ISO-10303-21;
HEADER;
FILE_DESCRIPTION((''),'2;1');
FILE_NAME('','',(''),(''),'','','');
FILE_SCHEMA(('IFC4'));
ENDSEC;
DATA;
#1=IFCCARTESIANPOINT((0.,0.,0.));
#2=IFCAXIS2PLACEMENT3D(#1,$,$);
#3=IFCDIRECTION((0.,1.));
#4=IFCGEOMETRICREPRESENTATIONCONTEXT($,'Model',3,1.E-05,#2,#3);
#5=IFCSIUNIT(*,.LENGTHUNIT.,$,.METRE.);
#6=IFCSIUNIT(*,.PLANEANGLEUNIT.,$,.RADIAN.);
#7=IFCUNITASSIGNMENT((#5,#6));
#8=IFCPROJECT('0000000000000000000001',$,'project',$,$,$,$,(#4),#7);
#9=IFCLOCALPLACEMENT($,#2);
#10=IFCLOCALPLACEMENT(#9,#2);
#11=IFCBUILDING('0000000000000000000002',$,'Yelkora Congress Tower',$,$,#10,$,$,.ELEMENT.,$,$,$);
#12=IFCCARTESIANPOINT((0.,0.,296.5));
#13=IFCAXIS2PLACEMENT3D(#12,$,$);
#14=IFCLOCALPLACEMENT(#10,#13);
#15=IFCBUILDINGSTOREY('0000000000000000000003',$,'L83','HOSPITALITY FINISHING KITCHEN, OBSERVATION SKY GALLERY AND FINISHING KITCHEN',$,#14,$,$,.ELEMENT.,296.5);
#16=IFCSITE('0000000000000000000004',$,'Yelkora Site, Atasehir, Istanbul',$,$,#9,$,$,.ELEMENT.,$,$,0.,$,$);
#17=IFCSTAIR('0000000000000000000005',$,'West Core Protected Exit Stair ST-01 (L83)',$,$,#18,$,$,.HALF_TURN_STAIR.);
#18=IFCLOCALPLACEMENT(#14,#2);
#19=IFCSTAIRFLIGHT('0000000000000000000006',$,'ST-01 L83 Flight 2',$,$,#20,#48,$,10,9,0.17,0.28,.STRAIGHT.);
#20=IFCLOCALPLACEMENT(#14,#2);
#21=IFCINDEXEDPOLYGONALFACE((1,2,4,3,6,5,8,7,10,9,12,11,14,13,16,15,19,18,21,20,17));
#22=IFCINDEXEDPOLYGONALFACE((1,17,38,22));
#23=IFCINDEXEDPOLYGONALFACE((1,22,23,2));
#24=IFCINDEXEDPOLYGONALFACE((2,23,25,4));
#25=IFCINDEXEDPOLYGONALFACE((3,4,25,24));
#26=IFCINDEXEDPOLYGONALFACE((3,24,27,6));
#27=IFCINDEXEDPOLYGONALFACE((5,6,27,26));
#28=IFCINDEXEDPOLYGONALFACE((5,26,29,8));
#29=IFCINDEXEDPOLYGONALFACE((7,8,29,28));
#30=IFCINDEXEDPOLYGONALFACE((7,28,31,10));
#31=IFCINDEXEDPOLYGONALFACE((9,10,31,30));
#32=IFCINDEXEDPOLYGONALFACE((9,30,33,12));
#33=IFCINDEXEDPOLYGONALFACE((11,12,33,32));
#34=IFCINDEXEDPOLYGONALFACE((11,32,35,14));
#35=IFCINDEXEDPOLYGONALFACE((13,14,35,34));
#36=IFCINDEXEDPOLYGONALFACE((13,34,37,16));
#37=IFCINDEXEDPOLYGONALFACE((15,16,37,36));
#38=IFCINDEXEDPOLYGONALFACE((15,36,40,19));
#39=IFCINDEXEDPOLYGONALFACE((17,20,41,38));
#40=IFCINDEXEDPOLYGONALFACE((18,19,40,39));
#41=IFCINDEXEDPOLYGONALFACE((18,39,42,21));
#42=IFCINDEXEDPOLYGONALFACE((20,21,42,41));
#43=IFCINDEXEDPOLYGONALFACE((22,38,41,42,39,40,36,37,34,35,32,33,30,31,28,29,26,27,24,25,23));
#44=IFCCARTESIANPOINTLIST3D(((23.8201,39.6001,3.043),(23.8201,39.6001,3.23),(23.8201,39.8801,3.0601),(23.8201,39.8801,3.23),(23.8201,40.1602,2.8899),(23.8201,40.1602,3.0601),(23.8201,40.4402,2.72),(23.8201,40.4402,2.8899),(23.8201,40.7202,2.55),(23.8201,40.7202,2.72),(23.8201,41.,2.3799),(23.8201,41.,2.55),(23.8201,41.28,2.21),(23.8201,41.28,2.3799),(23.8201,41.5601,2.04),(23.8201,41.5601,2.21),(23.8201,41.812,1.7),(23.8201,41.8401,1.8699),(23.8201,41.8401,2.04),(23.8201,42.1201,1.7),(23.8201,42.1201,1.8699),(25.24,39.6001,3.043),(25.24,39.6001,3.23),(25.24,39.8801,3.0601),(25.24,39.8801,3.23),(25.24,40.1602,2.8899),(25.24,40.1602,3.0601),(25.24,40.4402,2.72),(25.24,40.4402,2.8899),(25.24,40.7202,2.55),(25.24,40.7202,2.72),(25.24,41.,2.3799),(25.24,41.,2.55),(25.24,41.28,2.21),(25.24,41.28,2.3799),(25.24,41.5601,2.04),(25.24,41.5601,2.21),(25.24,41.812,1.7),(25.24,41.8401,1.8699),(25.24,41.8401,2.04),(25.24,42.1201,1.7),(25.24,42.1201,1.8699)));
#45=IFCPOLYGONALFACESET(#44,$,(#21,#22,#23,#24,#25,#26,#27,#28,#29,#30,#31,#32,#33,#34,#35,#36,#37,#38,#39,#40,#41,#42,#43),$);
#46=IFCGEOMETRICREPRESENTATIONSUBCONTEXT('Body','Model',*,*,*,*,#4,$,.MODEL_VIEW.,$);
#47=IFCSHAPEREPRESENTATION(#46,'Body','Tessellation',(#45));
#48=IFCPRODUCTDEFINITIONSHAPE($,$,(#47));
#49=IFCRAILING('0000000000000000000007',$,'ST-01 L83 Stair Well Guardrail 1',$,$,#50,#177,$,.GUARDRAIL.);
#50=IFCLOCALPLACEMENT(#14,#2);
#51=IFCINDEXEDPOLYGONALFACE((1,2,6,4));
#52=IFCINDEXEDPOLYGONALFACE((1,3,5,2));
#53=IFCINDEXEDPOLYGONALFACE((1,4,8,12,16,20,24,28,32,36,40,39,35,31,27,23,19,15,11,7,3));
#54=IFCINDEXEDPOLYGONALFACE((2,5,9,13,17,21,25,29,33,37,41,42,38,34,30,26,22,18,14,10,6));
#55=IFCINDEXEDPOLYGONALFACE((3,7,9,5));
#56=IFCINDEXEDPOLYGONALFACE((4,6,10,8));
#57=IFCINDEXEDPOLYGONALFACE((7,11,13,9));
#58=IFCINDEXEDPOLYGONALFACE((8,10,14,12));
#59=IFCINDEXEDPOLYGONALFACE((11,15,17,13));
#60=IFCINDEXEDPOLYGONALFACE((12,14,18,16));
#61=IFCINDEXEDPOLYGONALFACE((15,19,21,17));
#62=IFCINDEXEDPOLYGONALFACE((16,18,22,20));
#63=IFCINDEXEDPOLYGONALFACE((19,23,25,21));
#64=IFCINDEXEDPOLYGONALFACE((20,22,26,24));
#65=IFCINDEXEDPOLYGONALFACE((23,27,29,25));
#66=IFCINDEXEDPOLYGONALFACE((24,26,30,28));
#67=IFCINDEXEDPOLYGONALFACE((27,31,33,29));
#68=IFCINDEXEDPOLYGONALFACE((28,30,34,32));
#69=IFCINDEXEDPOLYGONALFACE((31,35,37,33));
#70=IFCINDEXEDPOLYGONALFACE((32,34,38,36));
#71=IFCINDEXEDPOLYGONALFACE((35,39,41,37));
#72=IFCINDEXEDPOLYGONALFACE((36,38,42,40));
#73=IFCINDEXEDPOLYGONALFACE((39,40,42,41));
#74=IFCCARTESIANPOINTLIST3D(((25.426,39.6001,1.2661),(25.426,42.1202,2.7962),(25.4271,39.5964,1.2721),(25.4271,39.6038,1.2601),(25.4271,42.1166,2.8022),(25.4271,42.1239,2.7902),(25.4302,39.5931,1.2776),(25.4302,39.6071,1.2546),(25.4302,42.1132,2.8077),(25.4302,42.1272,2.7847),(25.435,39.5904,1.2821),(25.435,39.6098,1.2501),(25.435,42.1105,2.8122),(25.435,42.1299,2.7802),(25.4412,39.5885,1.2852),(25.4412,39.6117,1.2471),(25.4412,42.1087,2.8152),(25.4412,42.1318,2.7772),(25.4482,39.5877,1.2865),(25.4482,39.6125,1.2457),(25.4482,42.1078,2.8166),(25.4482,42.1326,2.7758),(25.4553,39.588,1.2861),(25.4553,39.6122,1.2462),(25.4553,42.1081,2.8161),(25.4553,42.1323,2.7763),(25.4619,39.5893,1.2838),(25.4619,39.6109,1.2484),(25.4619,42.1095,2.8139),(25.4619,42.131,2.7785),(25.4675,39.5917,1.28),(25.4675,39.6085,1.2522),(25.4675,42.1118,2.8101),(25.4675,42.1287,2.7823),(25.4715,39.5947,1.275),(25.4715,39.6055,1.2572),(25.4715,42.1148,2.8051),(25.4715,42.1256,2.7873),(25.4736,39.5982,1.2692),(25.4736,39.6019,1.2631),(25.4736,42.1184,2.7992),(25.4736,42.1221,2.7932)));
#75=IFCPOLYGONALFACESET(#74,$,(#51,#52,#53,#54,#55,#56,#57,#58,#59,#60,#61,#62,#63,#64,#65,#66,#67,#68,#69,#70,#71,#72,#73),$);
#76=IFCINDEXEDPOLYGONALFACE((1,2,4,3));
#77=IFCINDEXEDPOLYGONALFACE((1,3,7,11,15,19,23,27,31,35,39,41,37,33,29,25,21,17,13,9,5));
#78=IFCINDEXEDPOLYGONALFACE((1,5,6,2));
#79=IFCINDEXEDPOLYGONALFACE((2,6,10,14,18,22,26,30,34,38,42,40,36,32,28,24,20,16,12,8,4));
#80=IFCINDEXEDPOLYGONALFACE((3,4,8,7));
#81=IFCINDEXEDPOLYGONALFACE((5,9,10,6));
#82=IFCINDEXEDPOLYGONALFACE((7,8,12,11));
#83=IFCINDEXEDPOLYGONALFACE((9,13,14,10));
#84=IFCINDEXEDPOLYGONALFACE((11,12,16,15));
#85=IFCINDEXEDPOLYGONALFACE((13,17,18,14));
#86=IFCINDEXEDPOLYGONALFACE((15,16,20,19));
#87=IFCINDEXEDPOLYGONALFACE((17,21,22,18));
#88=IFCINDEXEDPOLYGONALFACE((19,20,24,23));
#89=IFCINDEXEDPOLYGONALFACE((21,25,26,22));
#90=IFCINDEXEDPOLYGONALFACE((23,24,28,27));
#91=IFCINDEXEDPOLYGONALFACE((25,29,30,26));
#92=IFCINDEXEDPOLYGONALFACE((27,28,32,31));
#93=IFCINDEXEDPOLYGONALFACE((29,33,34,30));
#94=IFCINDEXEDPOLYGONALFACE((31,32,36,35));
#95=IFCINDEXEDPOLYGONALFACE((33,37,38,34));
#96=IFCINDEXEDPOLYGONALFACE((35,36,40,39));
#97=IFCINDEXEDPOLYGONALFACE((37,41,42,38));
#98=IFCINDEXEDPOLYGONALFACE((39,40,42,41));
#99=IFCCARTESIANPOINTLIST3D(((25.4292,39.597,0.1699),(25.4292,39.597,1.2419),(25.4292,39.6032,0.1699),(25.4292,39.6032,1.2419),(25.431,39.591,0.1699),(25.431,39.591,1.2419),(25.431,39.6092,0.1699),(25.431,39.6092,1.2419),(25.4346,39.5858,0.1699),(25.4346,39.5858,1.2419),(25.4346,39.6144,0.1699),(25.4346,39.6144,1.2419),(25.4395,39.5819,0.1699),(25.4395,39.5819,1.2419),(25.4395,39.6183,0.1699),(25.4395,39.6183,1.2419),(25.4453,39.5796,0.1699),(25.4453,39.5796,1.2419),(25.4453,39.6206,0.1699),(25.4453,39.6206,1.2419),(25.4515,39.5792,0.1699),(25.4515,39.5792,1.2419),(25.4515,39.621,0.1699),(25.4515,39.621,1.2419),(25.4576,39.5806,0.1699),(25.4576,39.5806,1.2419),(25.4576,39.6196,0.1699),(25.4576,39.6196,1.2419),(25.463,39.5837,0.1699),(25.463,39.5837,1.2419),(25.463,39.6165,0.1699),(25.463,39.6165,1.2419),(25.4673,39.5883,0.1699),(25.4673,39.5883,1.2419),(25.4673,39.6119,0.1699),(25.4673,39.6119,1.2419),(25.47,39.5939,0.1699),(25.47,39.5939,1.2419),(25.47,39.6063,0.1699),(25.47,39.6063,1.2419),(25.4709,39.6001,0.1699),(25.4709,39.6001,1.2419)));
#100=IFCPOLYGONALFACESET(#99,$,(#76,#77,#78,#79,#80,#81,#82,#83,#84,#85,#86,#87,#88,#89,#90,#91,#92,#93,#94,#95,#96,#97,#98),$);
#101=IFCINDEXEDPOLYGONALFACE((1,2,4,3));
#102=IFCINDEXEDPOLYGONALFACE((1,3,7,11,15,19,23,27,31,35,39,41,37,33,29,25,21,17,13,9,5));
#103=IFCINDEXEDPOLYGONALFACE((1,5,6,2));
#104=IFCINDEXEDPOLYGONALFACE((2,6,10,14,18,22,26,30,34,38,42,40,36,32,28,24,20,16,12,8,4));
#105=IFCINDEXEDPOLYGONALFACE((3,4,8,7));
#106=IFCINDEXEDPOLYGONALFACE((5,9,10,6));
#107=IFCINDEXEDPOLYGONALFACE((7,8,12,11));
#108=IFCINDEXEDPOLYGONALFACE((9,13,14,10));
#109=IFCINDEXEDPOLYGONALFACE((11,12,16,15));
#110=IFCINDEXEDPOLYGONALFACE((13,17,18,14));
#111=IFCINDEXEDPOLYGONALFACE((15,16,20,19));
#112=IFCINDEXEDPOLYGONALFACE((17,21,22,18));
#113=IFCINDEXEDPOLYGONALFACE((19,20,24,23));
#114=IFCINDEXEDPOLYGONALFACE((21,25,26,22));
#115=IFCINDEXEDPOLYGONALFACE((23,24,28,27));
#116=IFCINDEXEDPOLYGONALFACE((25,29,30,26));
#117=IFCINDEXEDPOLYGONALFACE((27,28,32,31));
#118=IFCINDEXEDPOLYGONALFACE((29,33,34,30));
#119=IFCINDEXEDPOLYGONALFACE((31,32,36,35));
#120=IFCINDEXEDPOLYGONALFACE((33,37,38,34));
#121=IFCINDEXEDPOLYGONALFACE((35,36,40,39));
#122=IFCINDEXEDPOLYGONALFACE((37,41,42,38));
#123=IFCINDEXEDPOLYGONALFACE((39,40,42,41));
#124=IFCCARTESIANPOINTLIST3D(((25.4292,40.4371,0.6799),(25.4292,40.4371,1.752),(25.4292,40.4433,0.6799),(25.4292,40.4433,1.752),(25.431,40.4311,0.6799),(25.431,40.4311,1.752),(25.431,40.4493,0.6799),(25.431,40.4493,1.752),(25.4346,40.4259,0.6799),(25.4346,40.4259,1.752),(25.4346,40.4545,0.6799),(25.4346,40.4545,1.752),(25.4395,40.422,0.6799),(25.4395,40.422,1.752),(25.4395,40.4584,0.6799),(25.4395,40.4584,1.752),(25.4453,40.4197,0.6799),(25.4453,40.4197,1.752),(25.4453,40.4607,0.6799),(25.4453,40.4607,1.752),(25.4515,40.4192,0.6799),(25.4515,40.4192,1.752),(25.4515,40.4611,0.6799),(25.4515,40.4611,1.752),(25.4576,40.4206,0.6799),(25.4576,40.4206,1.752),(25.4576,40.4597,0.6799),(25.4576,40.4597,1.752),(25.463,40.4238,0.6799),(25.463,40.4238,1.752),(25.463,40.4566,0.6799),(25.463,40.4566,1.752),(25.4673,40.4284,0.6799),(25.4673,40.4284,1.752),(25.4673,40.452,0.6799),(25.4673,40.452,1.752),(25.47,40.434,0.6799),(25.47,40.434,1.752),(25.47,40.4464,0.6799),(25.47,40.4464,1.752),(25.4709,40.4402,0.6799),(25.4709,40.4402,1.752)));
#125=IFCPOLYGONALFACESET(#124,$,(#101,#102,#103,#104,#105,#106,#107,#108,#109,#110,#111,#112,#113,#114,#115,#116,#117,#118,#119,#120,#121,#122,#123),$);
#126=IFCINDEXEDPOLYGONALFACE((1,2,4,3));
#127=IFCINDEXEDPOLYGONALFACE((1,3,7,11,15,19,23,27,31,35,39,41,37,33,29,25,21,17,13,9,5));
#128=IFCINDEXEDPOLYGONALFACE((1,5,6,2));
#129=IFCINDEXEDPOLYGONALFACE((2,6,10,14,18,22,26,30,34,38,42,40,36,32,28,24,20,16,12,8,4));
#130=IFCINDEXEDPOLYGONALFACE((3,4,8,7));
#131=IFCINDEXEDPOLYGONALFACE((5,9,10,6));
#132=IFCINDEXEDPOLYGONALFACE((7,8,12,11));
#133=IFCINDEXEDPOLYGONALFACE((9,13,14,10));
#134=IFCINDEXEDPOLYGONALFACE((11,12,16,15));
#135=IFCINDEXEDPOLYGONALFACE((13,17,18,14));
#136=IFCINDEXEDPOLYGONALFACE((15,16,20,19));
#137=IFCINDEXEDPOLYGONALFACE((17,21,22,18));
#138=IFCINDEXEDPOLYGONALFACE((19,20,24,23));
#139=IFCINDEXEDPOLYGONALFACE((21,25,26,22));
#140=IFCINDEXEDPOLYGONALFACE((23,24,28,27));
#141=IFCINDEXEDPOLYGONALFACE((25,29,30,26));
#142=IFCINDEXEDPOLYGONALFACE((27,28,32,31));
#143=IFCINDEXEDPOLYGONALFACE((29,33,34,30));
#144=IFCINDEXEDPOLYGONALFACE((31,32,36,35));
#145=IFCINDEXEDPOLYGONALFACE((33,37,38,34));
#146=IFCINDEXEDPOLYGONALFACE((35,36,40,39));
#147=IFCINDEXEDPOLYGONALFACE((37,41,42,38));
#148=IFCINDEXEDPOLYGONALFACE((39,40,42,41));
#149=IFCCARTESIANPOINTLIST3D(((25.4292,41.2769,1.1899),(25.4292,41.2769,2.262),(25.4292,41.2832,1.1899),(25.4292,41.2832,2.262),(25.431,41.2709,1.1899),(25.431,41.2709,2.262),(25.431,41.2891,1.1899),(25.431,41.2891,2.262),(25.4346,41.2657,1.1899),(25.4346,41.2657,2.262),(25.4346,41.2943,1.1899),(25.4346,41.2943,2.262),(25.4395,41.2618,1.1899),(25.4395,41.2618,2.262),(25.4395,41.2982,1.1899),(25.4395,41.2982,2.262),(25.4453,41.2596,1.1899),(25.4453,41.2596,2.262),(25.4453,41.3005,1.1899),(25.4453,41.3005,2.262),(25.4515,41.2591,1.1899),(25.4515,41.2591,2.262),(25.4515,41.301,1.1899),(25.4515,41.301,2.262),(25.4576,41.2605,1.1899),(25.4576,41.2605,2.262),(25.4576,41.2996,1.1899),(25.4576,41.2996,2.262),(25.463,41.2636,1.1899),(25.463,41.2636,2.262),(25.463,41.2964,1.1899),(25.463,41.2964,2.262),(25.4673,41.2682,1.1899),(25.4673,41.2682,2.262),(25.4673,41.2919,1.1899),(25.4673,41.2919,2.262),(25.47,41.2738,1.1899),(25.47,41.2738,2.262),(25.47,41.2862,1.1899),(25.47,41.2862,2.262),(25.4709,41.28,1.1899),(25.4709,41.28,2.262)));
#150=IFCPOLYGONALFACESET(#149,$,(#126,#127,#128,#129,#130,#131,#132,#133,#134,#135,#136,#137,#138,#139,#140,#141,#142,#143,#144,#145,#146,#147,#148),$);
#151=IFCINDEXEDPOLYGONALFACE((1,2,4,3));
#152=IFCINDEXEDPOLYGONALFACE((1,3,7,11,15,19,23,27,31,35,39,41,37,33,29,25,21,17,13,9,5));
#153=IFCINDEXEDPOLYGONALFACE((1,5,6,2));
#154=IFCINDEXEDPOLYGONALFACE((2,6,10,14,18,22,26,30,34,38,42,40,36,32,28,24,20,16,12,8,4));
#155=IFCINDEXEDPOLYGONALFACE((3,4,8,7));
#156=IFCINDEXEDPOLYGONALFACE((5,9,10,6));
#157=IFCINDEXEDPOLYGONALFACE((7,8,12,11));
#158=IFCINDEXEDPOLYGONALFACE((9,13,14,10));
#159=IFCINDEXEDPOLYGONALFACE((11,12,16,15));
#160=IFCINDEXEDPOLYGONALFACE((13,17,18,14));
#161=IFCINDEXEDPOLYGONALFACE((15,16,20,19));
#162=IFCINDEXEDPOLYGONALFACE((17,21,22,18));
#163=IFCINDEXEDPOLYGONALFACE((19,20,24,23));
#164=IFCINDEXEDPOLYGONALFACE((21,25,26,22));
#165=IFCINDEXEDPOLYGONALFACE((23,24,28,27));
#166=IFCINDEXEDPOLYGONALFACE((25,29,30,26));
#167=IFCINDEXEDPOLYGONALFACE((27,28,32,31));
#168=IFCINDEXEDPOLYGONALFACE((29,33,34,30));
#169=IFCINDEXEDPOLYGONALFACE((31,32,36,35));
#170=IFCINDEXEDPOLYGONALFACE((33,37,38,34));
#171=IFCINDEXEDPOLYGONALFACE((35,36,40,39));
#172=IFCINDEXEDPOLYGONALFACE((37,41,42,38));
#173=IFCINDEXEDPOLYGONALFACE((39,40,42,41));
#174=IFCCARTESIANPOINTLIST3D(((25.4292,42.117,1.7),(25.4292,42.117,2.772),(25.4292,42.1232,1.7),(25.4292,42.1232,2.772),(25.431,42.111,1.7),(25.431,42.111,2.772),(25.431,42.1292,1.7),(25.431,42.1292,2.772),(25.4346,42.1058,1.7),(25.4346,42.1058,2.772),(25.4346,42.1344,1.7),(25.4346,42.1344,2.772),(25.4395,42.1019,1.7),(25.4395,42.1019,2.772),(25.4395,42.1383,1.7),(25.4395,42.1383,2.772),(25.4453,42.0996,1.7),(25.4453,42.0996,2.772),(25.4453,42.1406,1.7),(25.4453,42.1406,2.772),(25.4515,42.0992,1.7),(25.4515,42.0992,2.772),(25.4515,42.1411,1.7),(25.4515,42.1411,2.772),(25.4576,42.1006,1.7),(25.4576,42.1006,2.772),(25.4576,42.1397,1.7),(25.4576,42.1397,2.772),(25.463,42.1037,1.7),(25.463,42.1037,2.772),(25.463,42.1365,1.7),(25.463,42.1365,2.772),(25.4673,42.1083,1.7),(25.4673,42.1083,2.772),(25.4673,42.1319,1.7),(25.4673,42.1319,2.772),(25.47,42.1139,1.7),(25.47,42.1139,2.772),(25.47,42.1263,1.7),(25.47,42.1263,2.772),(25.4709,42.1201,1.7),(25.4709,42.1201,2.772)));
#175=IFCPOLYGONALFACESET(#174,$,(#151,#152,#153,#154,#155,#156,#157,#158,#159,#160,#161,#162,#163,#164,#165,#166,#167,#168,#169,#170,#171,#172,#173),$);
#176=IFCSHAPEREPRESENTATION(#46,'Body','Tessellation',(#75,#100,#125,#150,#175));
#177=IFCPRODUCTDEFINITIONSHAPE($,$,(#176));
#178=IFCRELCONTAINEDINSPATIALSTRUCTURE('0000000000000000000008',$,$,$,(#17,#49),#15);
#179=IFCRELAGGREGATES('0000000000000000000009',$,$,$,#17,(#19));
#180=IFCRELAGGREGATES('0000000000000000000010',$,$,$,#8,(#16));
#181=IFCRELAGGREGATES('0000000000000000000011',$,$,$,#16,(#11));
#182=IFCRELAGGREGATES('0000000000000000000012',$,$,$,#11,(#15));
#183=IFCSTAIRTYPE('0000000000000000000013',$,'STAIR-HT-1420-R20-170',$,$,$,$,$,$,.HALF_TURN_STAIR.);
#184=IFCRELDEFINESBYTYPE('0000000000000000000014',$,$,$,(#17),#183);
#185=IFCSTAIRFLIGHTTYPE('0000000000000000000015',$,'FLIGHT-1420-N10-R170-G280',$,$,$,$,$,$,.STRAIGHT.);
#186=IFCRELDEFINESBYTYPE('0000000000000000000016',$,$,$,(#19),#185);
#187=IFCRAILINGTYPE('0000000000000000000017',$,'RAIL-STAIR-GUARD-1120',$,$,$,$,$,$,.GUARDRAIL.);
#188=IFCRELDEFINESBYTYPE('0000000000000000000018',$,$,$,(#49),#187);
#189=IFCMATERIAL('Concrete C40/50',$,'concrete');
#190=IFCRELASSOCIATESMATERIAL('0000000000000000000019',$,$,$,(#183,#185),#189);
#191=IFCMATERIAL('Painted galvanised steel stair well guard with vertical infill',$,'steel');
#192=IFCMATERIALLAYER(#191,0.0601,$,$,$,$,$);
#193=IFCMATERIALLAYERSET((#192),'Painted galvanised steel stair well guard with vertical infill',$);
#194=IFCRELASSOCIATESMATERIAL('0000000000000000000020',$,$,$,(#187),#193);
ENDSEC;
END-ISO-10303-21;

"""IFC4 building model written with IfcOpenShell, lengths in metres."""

from ifc_helpers import new_model, si_unit, direction, frame, origin, origin_2d, place, context, subcontext, project, spatial, polyline, circle, outline, extrude, material, layer, layer_set, type_object, element, aggregate, save


model = new_model("IFC4")

# Units and contexts
model_context = context("Model", 3, precision=1e-05, world=origin(), true_north=direction((0.0, 1.0)))
body_context = subcontext(model_context, "Body", "Model", "MODEL_VIEW")
ifc_project = project(units=[si_unit("LENGTHUNIT", "METRE"), si_unit("PLANEANGLEUNIT", "RADIAN")], contexts=[model_context])

# Site, building, storey
site_placement = place(None, origin())
site = spatial("IfcSite", under=ifc_project, at=site_placement, Name="Yelkora Site, Atasehir, Istanbul", CompositionType="ELEMENT", RefElevation=0.0)
building_placement = place(site_placement, origin())
building = spatial("IfcBuilding", under=site, at=building_placement, Name="Yelkora Congress Tower", CompositionType="ELEMENT")
storey_placement = place(building_placement, frame((0.0, 0.0, 296.5)))
storey = spatial("IfcBuildingStorey", under=building, at=storey_placement, Name="L83", Description="HOSPITALITY FINISHING KITCHEN, OBSERVATION SKY GALLERY AND FINISHING KITCHEN", CompositionType="ELEMENT", Elevation=296.5)

# Stair, stair flight
ifc_material_1 = material(Name="Concrete C40/50", Category="concrete")
stair_type = type_object("IfcStairType", Name="STAIR-HT-1420-R20-170", PredefinedType="HALF_TURN_STAIR", material=ifc_material_1)
stair_placement = place(storey_placement, origin())
stair = element("IfcStair", 1, at=stair_placement, inside=storey, type_object=stair_type, Name="West Core Protected Exit Stair ST-01 (L83)", PredefinedType="HALF_TURN_STAIR")
stair_flight_type = type_object("IfcStairFlightType", Name="FLIGHT-1420-N10-R170-G280", PredefinedType="STRAIGHT", material=ifc_material_1)
stair_flight_1_placement = place(storey_placement, frame((24.53, 42.1201, 1.7), z_axis=(0.0, 0.0, 1.0), x_axis=(0.0, -1.0, 0.0)))
stair_flight_1 = element("IfcStairFlight", 2, at=stair_flight_1_placement, type_object=stair_flight_type, Name="ST-01 L83 Flight 2", NumberOfRisers=10, NumberOfTreads=9, PredefinedType="STRAIGHT", RiserHeight=0.17, TreadLength=0.28, context=body_context, shape_type="SweptSolid", body=[
    extrude(outline(polyline([(0.0, 0.0), (0.0, 0.1699), (0.28, 0.1699), (0.28, 0.3401), (0.5601, 0.3401), (0.5601, 0.51), (0.8401, 0.51), (0.8401, 0.6799), (1.1201, 0.6799), (1.1201, 0.8501), (1.3999, 0.8501), (1.3999, 1.02), (1.6799, 1.02), (1.6799, 1.1899), (1.96, 1.1899), (1.96, 1.3601), (2.24, 1.3601), (2.24, 1.53), (2.52, 1.53), (2.52, 1.7), (2.52, 1.343), (0.3081, 0.0), (0.0, 0.0)])), frame((0.0, 0.71, 0.0), z_axis=(0.0, -1.0, 0.0), x_axis=(1.0, 0.0, 0.0)), (0.0, 0.0, 1.0), 1.4199),
])
aggregate(stair, [stair_flight_1])

# Railing
ifc_material_2 = material(Name="Painted galvanised steel stair well guard with vertical infill", Category="steel")
ifc_layer_1 = layer(ifc_material_2, 0.0601)
ifc_layer_set_1 = layer_set([ifc_layer_1], Name="Painted galvanised steel stair well guard with vertical infill")
railing_type_1 = type_object("IfcRailingType", Name="RAIL-STAIR-GUARD-1120", PredefinedType="GUARDRAIL", material=ifc_layer_set_1)
railing_1_placement = place(storey_placement, frame((25.45, 39.6001, 0.1699)))
element("IfcRailing", 3, at=railing_1_placement, inside=storey, type_object=railing_type_1, Name="ST-01 L83 Stair Well Guardrail 1", PredefinedType="GUARDRAIL", context=body_context, shape_type="SweptSolid", body=[
    extrude(circle(Radius=0.0239, at=origin_2d()), frame((0.0, 0.0, 1.0962), z_axis=(0.0, 0.854785, 0.518982), x_axis=(-1.0, 0.0, 0.0)), (0.0, 0.0, 1.0), 2.9482),
    extrude(circle(Radius=0.021, at=origin_2d()), origin(), (0.0, 0.0, 1.0), 1.072),
    extrude(circle(Radius=0.021, at=origin_2d()), frame((0.0, 0.8401, 0.51)), (0.0, 0.0, 1.0), 1.072),
    extrude(circle(Radius=0.021, at=origin_2d()), frame((0.0, 1.6799, 1.02)), (0.0, 0.0, 1.0), 1.072),
    extrude(circle(Radius=0.021, at=origin_2d()), frame((0.0, 2.52, 1.53)), (0.0, 0.0, 1.0), 1.072),
])

save(model, "model.ifc")
